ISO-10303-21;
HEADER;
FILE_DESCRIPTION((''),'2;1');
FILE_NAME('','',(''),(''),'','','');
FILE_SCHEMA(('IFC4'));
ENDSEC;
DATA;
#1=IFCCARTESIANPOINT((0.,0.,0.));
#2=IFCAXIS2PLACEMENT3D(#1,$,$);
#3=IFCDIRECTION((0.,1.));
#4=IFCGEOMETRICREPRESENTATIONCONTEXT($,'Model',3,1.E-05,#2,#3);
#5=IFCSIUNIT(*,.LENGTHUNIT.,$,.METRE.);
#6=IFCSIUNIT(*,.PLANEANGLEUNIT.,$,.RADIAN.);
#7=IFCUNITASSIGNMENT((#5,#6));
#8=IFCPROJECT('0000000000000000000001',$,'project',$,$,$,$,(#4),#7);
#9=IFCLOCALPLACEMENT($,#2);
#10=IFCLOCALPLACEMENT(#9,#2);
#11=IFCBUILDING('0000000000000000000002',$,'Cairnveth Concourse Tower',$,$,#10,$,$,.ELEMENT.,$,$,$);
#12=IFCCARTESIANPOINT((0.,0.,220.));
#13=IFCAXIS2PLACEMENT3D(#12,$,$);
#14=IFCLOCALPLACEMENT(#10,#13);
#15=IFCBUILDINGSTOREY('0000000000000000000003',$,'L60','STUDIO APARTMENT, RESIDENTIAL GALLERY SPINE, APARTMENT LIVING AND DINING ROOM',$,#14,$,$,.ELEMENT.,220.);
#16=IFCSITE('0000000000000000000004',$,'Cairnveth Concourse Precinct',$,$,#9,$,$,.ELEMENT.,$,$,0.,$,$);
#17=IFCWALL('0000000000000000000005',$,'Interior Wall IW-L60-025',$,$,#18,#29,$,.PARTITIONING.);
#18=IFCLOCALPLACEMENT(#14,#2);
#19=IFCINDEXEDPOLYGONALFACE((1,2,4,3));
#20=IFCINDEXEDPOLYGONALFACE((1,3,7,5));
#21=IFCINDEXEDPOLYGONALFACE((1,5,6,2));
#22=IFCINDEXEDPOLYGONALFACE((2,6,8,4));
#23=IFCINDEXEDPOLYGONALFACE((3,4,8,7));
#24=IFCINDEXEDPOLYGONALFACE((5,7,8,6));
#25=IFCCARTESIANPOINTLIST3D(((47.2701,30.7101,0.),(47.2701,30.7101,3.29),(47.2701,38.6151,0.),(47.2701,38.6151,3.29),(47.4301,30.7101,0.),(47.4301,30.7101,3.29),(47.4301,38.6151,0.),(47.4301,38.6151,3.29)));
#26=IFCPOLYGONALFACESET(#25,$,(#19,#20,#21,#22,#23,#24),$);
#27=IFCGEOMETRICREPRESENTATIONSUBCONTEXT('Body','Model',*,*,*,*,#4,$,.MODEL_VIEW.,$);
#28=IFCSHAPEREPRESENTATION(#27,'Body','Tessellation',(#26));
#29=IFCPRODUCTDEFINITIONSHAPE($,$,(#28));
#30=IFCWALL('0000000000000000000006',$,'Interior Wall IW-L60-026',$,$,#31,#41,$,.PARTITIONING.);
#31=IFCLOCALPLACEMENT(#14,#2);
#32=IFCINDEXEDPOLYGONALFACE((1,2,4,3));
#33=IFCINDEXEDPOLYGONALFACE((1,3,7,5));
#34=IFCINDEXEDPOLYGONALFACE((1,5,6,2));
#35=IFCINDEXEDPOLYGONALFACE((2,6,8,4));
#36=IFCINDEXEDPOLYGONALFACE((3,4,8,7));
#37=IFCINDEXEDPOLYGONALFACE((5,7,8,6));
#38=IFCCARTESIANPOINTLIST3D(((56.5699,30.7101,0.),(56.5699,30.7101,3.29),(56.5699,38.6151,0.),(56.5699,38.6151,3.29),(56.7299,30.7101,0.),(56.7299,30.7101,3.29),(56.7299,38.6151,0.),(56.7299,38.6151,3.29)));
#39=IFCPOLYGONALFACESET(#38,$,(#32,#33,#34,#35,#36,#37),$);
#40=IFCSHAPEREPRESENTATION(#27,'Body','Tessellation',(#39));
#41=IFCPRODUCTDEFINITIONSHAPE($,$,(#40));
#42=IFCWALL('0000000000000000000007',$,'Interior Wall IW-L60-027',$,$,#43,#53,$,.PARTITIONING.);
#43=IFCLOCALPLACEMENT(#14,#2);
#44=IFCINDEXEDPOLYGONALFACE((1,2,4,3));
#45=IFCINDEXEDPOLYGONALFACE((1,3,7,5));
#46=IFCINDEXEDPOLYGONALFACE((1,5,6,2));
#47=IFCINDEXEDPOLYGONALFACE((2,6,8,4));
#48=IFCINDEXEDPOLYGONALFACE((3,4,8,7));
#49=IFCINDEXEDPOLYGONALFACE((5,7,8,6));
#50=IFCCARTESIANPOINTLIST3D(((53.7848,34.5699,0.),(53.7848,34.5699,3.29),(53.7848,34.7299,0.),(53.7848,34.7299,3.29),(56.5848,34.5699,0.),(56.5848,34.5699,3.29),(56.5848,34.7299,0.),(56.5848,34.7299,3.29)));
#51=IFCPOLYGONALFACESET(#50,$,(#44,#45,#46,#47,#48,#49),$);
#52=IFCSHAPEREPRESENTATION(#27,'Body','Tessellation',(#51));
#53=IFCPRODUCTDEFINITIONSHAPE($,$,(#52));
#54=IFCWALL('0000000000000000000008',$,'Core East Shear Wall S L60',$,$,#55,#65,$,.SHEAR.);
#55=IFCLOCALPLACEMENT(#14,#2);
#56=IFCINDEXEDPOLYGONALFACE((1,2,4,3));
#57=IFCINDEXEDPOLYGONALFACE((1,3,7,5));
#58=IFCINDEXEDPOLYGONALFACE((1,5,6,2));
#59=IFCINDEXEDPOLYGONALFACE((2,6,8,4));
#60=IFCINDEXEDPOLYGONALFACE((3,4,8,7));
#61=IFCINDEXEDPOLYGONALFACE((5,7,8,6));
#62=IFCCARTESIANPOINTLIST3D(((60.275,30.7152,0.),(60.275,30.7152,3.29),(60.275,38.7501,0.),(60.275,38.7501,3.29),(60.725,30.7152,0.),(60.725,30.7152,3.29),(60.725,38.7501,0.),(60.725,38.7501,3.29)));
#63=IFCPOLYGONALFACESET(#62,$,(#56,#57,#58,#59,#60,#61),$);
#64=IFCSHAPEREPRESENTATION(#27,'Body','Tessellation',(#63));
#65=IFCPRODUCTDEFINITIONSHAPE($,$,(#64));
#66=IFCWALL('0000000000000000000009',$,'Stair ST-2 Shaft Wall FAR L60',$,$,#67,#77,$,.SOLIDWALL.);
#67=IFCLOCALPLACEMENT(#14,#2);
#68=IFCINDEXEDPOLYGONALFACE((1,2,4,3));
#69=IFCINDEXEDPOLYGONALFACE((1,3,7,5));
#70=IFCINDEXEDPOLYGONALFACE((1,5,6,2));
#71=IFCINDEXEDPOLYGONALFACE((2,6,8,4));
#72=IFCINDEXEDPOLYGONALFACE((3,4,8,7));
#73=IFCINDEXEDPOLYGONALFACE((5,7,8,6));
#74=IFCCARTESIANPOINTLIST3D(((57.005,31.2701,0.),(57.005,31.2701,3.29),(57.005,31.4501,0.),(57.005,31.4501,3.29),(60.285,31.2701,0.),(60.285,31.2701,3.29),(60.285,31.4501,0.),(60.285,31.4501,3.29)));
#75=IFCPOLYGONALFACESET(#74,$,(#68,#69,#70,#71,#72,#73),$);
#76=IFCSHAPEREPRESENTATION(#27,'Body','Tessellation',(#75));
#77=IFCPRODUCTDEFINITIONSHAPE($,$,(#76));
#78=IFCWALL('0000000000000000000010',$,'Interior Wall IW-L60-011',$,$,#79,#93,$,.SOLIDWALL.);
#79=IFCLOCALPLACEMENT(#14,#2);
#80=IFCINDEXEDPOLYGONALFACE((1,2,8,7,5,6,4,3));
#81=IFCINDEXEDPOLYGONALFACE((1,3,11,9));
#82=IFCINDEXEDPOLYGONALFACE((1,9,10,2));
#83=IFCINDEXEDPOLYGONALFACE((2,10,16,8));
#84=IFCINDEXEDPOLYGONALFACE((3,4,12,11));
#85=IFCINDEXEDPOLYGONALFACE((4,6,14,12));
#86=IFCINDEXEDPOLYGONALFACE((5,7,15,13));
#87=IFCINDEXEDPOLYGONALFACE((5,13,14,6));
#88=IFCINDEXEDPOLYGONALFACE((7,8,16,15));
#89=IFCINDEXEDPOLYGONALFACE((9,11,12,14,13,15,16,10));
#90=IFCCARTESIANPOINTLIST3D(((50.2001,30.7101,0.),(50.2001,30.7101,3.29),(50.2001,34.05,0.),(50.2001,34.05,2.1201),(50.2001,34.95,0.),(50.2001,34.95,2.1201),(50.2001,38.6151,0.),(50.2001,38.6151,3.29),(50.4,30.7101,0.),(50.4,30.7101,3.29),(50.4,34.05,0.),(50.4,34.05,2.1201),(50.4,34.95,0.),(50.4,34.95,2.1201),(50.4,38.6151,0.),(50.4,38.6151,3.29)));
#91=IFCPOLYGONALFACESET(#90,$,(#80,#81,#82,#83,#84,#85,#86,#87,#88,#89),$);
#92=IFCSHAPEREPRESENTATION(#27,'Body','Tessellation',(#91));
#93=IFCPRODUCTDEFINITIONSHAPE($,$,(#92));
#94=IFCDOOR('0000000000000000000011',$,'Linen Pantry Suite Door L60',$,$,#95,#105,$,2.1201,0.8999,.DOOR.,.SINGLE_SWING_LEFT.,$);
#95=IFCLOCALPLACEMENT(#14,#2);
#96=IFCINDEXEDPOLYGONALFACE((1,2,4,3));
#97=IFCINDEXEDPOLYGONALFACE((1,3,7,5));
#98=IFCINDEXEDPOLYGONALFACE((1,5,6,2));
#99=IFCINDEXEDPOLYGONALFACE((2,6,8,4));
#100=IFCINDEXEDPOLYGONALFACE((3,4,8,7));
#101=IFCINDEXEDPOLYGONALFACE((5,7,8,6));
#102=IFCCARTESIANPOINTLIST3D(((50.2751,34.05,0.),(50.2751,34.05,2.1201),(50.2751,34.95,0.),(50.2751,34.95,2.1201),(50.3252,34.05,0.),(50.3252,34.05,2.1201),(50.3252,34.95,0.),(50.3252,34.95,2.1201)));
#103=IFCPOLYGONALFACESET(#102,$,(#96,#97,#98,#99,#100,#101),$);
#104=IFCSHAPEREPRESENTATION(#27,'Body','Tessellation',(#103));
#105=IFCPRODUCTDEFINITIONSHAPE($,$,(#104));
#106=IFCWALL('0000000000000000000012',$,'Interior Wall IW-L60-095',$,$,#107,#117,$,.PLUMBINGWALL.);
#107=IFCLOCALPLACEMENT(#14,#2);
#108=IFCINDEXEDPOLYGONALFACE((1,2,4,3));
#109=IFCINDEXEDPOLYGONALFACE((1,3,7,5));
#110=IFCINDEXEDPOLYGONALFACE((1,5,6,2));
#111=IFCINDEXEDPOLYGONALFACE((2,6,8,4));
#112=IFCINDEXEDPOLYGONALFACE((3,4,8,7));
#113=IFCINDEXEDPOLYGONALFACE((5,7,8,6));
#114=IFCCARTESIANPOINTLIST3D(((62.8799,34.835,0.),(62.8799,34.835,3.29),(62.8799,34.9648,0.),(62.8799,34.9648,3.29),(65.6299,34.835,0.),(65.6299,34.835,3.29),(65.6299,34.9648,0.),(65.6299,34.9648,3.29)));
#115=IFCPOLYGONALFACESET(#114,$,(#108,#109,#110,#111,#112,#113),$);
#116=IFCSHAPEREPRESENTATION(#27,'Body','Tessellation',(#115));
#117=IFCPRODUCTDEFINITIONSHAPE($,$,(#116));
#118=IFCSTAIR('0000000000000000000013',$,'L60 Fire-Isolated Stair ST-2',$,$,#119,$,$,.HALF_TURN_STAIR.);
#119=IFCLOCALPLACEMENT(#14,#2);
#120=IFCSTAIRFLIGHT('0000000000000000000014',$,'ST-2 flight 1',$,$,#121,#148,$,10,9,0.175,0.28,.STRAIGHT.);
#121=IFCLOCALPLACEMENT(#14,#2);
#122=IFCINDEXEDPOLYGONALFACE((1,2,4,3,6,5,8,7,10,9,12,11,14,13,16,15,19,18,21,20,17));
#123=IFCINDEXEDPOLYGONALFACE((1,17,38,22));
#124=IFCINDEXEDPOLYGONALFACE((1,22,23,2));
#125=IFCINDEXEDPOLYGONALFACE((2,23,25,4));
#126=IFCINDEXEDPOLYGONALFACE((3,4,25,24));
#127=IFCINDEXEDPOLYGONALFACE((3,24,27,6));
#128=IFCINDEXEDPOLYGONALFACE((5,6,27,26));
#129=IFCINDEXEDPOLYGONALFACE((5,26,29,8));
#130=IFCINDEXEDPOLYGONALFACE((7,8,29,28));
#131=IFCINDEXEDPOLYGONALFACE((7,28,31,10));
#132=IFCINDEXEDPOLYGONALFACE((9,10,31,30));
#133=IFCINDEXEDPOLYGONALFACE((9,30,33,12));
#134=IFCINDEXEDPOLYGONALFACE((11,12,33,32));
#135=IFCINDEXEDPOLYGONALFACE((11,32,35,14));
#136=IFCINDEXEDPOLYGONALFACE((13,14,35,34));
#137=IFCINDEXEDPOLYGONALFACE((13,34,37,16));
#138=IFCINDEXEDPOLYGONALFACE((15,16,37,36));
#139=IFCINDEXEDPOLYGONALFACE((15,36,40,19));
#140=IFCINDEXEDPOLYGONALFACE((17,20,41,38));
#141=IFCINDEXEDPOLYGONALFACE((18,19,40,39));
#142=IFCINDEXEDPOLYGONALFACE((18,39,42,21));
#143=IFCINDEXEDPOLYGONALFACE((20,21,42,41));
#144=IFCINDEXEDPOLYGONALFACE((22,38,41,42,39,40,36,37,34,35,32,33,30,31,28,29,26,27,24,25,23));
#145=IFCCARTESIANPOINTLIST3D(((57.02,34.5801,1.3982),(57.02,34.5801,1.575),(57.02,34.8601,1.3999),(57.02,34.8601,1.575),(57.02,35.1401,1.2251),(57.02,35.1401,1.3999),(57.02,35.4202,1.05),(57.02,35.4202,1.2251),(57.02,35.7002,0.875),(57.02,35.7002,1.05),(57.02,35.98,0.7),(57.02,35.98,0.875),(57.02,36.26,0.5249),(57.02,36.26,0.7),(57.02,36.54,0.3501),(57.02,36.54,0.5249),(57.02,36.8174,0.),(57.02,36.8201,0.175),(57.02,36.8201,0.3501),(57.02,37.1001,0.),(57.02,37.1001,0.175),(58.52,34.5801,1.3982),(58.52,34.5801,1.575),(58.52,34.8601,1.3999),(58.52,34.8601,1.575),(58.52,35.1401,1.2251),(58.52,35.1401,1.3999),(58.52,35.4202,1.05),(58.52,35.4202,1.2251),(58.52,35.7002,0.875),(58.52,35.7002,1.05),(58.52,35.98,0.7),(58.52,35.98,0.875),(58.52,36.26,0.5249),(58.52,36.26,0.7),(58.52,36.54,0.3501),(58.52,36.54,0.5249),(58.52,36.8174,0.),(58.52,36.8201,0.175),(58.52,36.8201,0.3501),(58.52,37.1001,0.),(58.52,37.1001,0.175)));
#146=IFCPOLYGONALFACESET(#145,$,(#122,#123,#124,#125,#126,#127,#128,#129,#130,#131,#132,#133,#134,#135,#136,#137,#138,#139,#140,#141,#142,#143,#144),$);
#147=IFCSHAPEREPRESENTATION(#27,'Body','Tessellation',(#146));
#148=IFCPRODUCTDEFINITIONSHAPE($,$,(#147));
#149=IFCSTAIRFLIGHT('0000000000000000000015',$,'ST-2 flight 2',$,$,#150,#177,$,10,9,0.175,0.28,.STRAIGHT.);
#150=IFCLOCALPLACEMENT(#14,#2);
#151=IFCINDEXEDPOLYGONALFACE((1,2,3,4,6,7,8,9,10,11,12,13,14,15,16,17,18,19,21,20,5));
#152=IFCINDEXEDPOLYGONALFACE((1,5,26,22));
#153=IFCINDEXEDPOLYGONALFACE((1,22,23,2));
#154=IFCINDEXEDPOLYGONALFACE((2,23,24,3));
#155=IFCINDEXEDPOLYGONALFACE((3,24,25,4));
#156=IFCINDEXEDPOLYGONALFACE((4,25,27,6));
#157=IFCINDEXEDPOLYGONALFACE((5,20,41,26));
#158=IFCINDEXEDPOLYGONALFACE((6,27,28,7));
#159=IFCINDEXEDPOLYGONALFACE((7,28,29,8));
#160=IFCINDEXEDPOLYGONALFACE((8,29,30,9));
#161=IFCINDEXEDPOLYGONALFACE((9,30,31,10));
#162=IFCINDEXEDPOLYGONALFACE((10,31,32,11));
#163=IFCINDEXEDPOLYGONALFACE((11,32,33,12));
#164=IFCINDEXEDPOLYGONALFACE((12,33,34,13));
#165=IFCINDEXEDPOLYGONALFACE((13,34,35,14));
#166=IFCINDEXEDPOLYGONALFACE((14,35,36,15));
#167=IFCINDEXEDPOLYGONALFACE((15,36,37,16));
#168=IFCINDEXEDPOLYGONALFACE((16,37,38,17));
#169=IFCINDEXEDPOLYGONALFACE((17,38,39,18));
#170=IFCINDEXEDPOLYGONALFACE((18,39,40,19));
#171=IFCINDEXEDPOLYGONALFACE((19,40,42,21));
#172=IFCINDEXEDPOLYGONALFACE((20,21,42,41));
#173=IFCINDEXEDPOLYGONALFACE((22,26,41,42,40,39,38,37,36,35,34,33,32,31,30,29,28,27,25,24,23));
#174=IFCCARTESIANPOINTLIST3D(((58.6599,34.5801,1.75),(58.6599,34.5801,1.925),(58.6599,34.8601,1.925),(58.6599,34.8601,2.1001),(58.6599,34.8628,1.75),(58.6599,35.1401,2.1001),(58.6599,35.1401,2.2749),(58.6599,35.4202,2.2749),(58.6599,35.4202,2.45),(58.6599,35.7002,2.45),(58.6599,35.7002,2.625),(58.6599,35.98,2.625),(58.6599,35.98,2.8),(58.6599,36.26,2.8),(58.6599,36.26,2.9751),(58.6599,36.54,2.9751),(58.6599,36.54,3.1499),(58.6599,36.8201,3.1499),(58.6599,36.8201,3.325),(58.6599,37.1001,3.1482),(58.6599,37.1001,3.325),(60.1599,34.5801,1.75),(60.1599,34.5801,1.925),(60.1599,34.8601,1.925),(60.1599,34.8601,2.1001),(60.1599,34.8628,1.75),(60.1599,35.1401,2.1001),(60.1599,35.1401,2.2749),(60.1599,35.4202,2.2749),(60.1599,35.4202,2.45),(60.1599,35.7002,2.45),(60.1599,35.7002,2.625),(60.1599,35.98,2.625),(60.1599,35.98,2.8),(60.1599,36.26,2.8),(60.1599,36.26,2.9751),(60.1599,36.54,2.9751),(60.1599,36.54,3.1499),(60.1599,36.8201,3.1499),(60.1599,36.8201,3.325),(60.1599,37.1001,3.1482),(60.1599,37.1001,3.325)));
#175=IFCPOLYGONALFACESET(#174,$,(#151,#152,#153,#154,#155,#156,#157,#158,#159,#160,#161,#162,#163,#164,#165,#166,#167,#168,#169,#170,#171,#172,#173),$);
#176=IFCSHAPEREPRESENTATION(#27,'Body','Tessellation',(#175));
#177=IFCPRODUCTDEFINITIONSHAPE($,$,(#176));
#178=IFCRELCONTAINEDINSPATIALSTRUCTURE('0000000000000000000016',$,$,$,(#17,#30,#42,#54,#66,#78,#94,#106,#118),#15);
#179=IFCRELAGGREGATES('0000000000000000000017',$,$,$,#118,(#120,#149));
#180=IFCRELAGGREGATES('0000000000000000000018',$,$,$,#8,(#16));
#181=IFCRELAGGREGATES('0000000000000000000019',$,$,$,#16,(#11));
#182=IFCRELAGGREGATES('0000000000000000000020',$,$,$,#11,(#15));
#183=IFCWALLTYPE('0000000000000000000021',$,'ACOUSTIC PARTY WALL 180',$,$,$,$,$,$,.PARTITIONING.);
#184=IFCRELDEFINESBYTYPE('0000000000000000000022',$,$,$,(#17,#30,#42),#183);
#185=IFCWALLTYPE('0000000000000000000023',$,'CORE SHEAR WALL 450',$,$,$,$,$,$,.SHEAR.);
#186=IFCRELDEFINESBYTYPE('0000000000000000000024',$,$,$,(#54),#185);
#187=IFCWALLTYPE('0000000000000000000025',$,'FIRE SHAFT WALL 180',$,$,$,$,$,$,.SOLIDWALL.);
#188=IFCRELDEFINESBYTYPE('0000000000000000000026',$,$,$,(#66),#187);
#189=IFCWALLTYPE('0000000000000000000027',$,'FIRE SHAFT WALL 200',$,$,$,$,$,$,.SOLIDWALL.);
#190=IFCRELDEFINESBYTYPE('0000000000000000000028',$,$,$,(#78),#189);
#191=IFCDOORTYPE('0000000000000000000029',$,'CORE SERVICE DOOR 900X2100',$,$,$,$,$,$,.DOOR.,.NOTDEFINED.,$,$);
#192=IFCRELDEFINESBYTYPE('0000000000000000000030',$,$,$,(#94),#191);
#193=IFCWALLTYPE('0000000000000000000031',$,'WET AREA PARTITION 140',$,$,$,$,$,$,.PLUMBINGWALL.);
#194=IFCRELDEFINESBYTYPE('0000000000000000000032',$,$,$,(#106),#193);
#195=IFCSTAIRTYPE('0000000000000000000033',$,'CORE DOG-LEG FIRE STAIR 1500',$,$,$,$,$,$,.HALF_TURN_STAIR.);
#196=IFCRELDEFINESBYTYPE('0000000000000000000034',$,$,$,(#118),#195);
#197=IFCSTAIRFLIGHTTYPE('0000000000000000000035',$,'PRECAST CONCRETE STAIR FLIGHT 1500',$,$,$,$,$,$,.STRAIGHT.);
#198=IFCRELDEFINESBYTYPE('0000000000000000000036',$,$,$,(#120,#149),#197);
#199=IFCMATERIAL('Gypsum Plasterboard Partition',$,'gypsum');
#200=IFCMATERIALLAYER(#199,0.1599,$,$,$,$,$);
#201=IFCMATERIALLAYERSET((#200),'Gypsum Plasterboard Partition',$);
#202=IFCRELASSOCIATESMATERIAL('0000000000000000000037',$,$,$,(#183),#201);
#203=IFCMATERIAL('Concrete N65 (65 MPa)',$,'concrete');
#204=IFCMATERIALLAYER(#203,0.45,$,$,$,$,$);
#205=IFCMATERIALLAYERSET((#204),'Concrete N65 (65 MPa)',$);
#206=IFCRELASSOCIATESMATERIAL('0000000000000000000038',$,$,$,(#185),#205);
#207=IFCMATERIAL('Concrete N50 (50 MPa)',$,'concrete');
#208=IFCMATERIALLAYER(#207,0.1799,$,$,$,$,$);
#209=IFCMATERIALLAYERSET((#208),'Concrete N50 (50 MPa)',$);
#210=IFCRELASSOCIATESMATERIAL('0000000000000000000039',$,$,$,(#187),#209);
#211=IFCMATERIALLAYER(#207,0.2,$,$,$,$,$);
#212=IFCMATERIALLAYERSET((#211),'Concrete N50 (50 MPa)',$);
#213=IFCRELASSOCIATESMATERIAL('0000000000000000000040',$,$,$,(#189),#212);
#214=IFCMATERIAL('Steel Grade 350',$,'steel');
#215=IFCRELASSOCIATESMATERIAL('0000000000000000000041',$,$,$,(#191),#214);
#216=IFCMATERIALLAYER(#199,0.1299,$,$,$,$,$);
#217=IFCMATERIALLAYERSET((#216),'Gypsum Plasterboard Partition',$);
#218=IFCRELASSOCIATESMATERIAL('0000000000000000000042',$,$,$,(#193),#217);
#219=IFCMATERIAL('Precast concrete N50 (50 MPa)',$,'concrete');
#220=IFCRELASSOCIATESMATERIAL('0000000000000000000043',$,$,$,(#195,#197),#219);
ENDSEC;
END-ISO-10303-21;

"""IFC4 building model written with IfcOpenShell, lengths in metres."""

from ifc_helpers import new_model, si_unit, direction, frame, frame_2d, origin, place, context, subcontext, project, spatial, polyline, rectangle, outline, extrude, material, layer, layer_set, type_object, element, fill, aggregate, save


model = new_model("IFC4")

# Units and contexts
model_context = context("Model", 3, precision=1e-05, world=origin(), true_north=direction((0.0, 1.0)))
body_context = subcontext(model_context, "Body", "Model", "MODEL_VIEW")
ifc_project = project(units=[si_unit("LENGTHUNIT", "METRE"), si_unit("PLANEANGLEUNIT", "RADIAN")], contexts=[model_context])

# Site, building, storey
site_placement = place(None, origin())
site = spatial("IfcSite", under=ifc_project, at=site_placement, Name="Cairnveth Concourse Precinct", CompositionType="ELEMENT", RefElevation=0.0)
building_placement = place(site_placement, origin())
building = spatial("IfcBuilding", under=site, at=building_placement, Name="Cairnveth Concourse Tower", CompositionType="ELEMENT")
storey_placement = place(building_placement, frame((0.0, 0.0, 220.0)))
storey = spatial("IfcBuildingStorey", under=building, at=storey_placement, Name="L60", Description="STUDIO APARTMENT, RESIDENTIAL GALLERY SPINE, APARTMENT LIVING AND DINING ROOM", CompositionType="ELEMENT", Elevation=220.0)

# Walls
ifc_material_1 = material(Name="Gypsum Plasterboard Partition", Category="gypsum")
ifc_layer_1 = layer(ifc_material_1, 0.1599)
ifc_layer_set_1 = layer_set([ifc_layer_1], Name="Gypsum Plasterboard Partition")
wall_type_1 = type_object("IfcWallType", Name="ACOUSTIC PARTY WALL 180", PredefinedType="PARTITIONING", material=ifc_layer_set_1)
for number, where, z_axis, x_axis, name in (
    (1, (47.3501, 30.71, 0.0), (0.0, 0.0, 1.0), (0.0, 1.0, 0.0), "Interior Wall IW-L60-025"),
    (2, (56.6499, 30.71, 0.0), (0.0, 0.0, 1.0), (0.0, 1.0, 0.0), "Interior Wall IW-L60-026"),
):
    element("IfcWall", number, at=place(storey_placement, frame(where, z_axis=z_axis, x_axis=x_axis)), inside=storey, type_object=wall_type_1, Name=name, PredefinedType="PARTITIONING", context=body_context, shape_type="SweptSolid", body=[
        extrude(rectangle(XDim=7.905, YDim=0.1599, at=frame_2d((3.9526, 0.0))), origin(), (0.0, 0.0, 1.0), 3.29),
    ])
wall_1_placement = place(storey_placement, frame((53.7849, 34.6499, 0.0), z_axis=(0.0, 0.0, 1.0), x_axis=(1.0, 0.0, 0.0)))
element("IfcWall", 3, at=wall_1_placement, inside=storey, type_object=wall_type_1, Name="Interior Wall IW-L60-027", PredefinedType="PARTITIONING", context=body_context, shape_type="SweptSolid", body=[
    extrude(rectangle(XDim=2.8, YDim=0.1599, at=frame_2d((1.3999, 0.0))), origin(), (0.0, 0.0, 1.0), 3.29),
])
ifc_material_2 = material(Name="Concrete N65 (65 MPa)", Category="concrete")
ifc_layer_2 = layer(ifc_material_2, 0.45)
ifc_layer_set_2 = layer_set([ifc_layer_2], Name="Concrete N65 (65 MPa)")
wall_type_2 = type_object("IfcWallType", Name="CORE SHEAR WALL 450", PredefinedType="SHEAR", material=ifc_layer_set_2)
wall_2_placement = place(storey_placement, frame((60.5, 30.7151, 0.0), z_axis=(0.0, 0.0, 1.0), x_axis=(0.0, 1.0, 0.0)))
element("IfcWall", 4, at=wall_2_placement, inside=storey, type_object=wall_type_2, Name="Core East Shear Wall S L60", PredefinedType="SHEAR", context=body_context, shape_type="SweptSolid", body=[
    extrude(rectangle(XDim=8.0349, YDim=0.45, at=frame_2d((4.0176, 0.0))), origin(), (0.0, 0.0, 1.0), 3.29),
])

# Shared definitions
ifc_material_3 = material(Name="Concrete N50 (50 MPa)", Category="concrete")
ifc_layer_3 = layer(ifc_material_3, 0.1799)
ifc_layer_set_3 = layer_set([ifc_layer_3], Name="Concrete N50 (50 MPa)")
wall_type_3 = type_object("IfcWallType", Name="FIRE SHAFT WALL 180", PredefinedType="SOLIDWALL", material=ifc_layer_set_3)
ifc_material_4 = material(Name="Steel Grade 350", Category="steel")

# Wall
wall_3_placement = place(storey_placement, frame((57.0049, 31.3601, 0.0), z_axis=(0.0, 0.0, 1.0), x_axis=(1.0, 0.0, 0.0)))
element("IfcWall", 5, at=wall_3_placement, inside=storey, type_object=wall_type_3, Name="Stair ST-2 Shaft Wall FAR L60", PredefinedType="SOLIDWALL", context=body_context, shape_type="SweptSolid", body=[
    extrude(rectangle(XDim=3.28, YDim=0.1799, at=frame_2d((1.6401, 0.0))), origin(), (0.0, 0.0, 1.0), 3.29),
])

# Wall, opening, door
ifc_layer_4 = layer(ifc_material_3, 0.2)
ifc_layer_set_4 = layer_set([ifc_layer_4], Name="Concrete N50 (50 MPa)")
wall_type_4 = type_object("IfcWallType", Name="FIRE SHAFT WALL 200", PredefinedType="SOLIDWALL", material=ifc_layer_set_4)
wall_4_placement = place(storey_placement, frame((50.3, 30.71, 0.0), z_axis=(0.0, 0.0, 1.0), x_axis=(0.0, 1.0, 0.0)))
wall_4 = element("IfcWall", 6, at=wall_4_placement, inside=storey, type_object=wall_type_4, Name="Interior Wall IW-L60-011", PredefinedType="SOLIDWALL", context=body_context, shape_type="SweptSolid", body=[
    extrude(rectangle(XDim=7.905, YDim=0.2, at=frame_2d((3.9526, 0.0))), origin(), (0.0, 0.0, 1.0), 3.29),
])
opening_1_placement = place(wall_4_placement, frame((3.3401, 0.0, 0.0)))
opening_1 = element("IfcOpeningElement", 7, at=opening_1_placement, cuts=wall_4, PredefinedType="OPENING", context=body_context, shape_type="SweptSolid", body=[
    extrude(rectangle(XDim=0.8999, YDim=2.1201, at=frame_2d((0.45, 1.0601))), frame((0.0, 0.1099, 0.0), z_axis=(0.0, -1.0, 0.0), x_axis=(1.0, 0.0, 0.0)), (0.0, 0.0, 1.0), 0.22),
])
door_type_1 = type_object("IfcDoorType", Name="CORE SERVICE DOOR 900X2100", OperationType="NOTDEFINED", PredefinedType="DOOR", material=ifc_material_4)
door_1_placement = place(opening_1_placement, origin())
door_1 = element("IfcDoor", 8, at=door_1_placement, inside=storey, type_object=door_type_1, Name="Linen Pantry Suite Door L60", OperationType="SINGLE_SWING_LEFT", OverallHeight=2.1201, OverallWidth=0.8999, PredefinedType="DOOR", context=body_context, shape_type="SweptSolid", body=[
    extrude(rectangle(XDim=0.8999, YDim=2.1201, at=frame_2d((0.45, 1.0601))), frame((0.0, 0.0249, 0.0), z_axis=(0.0, -1.0, 0.0), x_axis=(1.0, 0.0, 0.0)), (0.0, 0.0, 1.0), 0.05),
])
fill(opening_1, door_1)

# Wall
ifc_layer_5 = layer(ifc_material_1, 0.1299)
ifc_layer_set_5 = layer_set([ifc_layer_5], Name="Gypsum Plasterboard Partition")
wall_type_5 = type_object("IfcWallType", Name="WET AREA PARTITION 140", PredefinedType="PLUMBINGWALL", material=ifc_layer_set_5)
wall_5_placement = place(storey_placement, frame((62.8799, 34.8999, 0.0), z_axis=(0.0, 0.0, 1.0), x_axis=(1.0, 0.0, 0.0)))
element("IfcWall", 9, at=wall_5_placement, inside=storey, type_object=wall_type_5, Name="Interior Wall IW-L60-095", PredefinedType="PLUMBINGWALL", context=body_context, shape_type="SweptSolid", body=[
    extrude(rectangle(XDim=2.75, YDim=0.1299, at=frame_2d((1.375, 0.0))), origin(), (0.0, 0.0, 1.0), 3.29),
])

# Stair, stair flights
ifc_material_5 = material(Name="Precast concrete N50 (50 MPa)", Category="concrete")
stair_type = type_object("IfcStairType", Name="CORE DOG-LEG FIRE STAIR 1500", PredefinedType="HALF_TURN_STAIR", material=ifc_material_5)
stair_placement = place(storey_placement, origin())
stair = element("IfcStair", 10, at=stair_placement, inside=storey, type_object=stair_type, Name="L60 Fire-Isolated Stair ST-2", PredefinedType="HALF_TURN_STAIR")
stair_flight_type = type_object("IfcStairFlightType", Name="PRECAST CONCRETE STAIR FLIGHT 1500", PredefinedType="STRAIGHT", material=ifc_material_5)
stair_flight_1_placement = place(storey_placement, frame((57.77, 37.1001, 0.0), z_axis=(0.0, 0.0, 1.0), x_axis=(0.0, -1.0, 0.0)))
stair_flight_1 = element("IfcStairFlight", 11, at=stair_flight_1_placement, type_object=stair_flight_type, Name="ST-2 flight 1", NumberOfRisers=10, NumberOfTreads=9, PredefinedType="STRAIGHT", RiserHeight=0.175, TreadLength=0.28, context=body_context, shape_type="SweptSolid", body=[
    extrude(outline(polyline([(0.0, 0.0), (0.0, 0.175), (0.28, 0.175), (0.28, 0.3501), (0.5601, 0.3501), (0.5601, 0.5249), (0.8401, 0.5249), (0.8401, 0.7), (1.1201, 0.7), (1.1201, 0.875), (1.3999, 0.875), (1.3999, 1.05), (1.6799, 1.05), (1.6799, 1.2251), (1.96, 1.2251), (1.96, 1.3999), (2.24, 1.3999), (2.24, 1.575), (2.52, 1.575), (2.52, 1.75), (2.52, 1.3982), (0.2827, 0.0), (0.0, 0.0)])), frame((0.0, 0.75, 0.0), z_axis=(0.0, -1.0, 0.0), x_axis=(1.0, 0.0, 0.0)), (0.0, 0.0, 1.0), 1.5),
])
stair_flight_2_placement = place(storey_placement, frame((59.4099, 34.5801, 1.75), z_axis=(0.0, 0.0, 1.0), x_axis=(0.0, 1.0, 0.0)))
stair_flight_2 = element("IfcStairFlight", 12, at=stair_flight_2_placement, type_object=stair_flight_type, Name="ST-2 flight 2", NumberOfRisers=10, NumberOfTreads=9, PredefinedType="STRAIGHT", RiserHeight=0.175, TreadLength=0.28, context=body_context, shape_type="SweptSolid", body=[
    extrude(outline(polyline([(0.0, 0.0), (0.0, 0.175), (0.28, 0.175), (0.28, 0.3501), (0.5601, 0.3501), (0.5601, 0.5249), (0.8401, 0.5249), (0.8401, 0.7), (1.1201, 0.7), (1.1201, 0.875), (1.3999, 0.875), (1.3999, 1.05), (1.6799, 1.05), (1.6799, 1.2251), (1.96, 1.2251), (1.96, 1.3999), (2.24, 1.3999), (2.24, 1.575), (2.52, 1.575), (2.52, 1.75), (2.52, 1.3982), (0.2827, 0.0), (0.0, 0.0)])), frame((0.0, 0.75, 0.0), z_axis=(0.0, -1.0, 0.0), x_axis=(1.0, 0.0, 0.0)), (0.0, 0.0, 1.0), 1.5),
])
aggregate(stair, [stair_flight_1, stair_flight_2])

save(model, "model.ifc")
